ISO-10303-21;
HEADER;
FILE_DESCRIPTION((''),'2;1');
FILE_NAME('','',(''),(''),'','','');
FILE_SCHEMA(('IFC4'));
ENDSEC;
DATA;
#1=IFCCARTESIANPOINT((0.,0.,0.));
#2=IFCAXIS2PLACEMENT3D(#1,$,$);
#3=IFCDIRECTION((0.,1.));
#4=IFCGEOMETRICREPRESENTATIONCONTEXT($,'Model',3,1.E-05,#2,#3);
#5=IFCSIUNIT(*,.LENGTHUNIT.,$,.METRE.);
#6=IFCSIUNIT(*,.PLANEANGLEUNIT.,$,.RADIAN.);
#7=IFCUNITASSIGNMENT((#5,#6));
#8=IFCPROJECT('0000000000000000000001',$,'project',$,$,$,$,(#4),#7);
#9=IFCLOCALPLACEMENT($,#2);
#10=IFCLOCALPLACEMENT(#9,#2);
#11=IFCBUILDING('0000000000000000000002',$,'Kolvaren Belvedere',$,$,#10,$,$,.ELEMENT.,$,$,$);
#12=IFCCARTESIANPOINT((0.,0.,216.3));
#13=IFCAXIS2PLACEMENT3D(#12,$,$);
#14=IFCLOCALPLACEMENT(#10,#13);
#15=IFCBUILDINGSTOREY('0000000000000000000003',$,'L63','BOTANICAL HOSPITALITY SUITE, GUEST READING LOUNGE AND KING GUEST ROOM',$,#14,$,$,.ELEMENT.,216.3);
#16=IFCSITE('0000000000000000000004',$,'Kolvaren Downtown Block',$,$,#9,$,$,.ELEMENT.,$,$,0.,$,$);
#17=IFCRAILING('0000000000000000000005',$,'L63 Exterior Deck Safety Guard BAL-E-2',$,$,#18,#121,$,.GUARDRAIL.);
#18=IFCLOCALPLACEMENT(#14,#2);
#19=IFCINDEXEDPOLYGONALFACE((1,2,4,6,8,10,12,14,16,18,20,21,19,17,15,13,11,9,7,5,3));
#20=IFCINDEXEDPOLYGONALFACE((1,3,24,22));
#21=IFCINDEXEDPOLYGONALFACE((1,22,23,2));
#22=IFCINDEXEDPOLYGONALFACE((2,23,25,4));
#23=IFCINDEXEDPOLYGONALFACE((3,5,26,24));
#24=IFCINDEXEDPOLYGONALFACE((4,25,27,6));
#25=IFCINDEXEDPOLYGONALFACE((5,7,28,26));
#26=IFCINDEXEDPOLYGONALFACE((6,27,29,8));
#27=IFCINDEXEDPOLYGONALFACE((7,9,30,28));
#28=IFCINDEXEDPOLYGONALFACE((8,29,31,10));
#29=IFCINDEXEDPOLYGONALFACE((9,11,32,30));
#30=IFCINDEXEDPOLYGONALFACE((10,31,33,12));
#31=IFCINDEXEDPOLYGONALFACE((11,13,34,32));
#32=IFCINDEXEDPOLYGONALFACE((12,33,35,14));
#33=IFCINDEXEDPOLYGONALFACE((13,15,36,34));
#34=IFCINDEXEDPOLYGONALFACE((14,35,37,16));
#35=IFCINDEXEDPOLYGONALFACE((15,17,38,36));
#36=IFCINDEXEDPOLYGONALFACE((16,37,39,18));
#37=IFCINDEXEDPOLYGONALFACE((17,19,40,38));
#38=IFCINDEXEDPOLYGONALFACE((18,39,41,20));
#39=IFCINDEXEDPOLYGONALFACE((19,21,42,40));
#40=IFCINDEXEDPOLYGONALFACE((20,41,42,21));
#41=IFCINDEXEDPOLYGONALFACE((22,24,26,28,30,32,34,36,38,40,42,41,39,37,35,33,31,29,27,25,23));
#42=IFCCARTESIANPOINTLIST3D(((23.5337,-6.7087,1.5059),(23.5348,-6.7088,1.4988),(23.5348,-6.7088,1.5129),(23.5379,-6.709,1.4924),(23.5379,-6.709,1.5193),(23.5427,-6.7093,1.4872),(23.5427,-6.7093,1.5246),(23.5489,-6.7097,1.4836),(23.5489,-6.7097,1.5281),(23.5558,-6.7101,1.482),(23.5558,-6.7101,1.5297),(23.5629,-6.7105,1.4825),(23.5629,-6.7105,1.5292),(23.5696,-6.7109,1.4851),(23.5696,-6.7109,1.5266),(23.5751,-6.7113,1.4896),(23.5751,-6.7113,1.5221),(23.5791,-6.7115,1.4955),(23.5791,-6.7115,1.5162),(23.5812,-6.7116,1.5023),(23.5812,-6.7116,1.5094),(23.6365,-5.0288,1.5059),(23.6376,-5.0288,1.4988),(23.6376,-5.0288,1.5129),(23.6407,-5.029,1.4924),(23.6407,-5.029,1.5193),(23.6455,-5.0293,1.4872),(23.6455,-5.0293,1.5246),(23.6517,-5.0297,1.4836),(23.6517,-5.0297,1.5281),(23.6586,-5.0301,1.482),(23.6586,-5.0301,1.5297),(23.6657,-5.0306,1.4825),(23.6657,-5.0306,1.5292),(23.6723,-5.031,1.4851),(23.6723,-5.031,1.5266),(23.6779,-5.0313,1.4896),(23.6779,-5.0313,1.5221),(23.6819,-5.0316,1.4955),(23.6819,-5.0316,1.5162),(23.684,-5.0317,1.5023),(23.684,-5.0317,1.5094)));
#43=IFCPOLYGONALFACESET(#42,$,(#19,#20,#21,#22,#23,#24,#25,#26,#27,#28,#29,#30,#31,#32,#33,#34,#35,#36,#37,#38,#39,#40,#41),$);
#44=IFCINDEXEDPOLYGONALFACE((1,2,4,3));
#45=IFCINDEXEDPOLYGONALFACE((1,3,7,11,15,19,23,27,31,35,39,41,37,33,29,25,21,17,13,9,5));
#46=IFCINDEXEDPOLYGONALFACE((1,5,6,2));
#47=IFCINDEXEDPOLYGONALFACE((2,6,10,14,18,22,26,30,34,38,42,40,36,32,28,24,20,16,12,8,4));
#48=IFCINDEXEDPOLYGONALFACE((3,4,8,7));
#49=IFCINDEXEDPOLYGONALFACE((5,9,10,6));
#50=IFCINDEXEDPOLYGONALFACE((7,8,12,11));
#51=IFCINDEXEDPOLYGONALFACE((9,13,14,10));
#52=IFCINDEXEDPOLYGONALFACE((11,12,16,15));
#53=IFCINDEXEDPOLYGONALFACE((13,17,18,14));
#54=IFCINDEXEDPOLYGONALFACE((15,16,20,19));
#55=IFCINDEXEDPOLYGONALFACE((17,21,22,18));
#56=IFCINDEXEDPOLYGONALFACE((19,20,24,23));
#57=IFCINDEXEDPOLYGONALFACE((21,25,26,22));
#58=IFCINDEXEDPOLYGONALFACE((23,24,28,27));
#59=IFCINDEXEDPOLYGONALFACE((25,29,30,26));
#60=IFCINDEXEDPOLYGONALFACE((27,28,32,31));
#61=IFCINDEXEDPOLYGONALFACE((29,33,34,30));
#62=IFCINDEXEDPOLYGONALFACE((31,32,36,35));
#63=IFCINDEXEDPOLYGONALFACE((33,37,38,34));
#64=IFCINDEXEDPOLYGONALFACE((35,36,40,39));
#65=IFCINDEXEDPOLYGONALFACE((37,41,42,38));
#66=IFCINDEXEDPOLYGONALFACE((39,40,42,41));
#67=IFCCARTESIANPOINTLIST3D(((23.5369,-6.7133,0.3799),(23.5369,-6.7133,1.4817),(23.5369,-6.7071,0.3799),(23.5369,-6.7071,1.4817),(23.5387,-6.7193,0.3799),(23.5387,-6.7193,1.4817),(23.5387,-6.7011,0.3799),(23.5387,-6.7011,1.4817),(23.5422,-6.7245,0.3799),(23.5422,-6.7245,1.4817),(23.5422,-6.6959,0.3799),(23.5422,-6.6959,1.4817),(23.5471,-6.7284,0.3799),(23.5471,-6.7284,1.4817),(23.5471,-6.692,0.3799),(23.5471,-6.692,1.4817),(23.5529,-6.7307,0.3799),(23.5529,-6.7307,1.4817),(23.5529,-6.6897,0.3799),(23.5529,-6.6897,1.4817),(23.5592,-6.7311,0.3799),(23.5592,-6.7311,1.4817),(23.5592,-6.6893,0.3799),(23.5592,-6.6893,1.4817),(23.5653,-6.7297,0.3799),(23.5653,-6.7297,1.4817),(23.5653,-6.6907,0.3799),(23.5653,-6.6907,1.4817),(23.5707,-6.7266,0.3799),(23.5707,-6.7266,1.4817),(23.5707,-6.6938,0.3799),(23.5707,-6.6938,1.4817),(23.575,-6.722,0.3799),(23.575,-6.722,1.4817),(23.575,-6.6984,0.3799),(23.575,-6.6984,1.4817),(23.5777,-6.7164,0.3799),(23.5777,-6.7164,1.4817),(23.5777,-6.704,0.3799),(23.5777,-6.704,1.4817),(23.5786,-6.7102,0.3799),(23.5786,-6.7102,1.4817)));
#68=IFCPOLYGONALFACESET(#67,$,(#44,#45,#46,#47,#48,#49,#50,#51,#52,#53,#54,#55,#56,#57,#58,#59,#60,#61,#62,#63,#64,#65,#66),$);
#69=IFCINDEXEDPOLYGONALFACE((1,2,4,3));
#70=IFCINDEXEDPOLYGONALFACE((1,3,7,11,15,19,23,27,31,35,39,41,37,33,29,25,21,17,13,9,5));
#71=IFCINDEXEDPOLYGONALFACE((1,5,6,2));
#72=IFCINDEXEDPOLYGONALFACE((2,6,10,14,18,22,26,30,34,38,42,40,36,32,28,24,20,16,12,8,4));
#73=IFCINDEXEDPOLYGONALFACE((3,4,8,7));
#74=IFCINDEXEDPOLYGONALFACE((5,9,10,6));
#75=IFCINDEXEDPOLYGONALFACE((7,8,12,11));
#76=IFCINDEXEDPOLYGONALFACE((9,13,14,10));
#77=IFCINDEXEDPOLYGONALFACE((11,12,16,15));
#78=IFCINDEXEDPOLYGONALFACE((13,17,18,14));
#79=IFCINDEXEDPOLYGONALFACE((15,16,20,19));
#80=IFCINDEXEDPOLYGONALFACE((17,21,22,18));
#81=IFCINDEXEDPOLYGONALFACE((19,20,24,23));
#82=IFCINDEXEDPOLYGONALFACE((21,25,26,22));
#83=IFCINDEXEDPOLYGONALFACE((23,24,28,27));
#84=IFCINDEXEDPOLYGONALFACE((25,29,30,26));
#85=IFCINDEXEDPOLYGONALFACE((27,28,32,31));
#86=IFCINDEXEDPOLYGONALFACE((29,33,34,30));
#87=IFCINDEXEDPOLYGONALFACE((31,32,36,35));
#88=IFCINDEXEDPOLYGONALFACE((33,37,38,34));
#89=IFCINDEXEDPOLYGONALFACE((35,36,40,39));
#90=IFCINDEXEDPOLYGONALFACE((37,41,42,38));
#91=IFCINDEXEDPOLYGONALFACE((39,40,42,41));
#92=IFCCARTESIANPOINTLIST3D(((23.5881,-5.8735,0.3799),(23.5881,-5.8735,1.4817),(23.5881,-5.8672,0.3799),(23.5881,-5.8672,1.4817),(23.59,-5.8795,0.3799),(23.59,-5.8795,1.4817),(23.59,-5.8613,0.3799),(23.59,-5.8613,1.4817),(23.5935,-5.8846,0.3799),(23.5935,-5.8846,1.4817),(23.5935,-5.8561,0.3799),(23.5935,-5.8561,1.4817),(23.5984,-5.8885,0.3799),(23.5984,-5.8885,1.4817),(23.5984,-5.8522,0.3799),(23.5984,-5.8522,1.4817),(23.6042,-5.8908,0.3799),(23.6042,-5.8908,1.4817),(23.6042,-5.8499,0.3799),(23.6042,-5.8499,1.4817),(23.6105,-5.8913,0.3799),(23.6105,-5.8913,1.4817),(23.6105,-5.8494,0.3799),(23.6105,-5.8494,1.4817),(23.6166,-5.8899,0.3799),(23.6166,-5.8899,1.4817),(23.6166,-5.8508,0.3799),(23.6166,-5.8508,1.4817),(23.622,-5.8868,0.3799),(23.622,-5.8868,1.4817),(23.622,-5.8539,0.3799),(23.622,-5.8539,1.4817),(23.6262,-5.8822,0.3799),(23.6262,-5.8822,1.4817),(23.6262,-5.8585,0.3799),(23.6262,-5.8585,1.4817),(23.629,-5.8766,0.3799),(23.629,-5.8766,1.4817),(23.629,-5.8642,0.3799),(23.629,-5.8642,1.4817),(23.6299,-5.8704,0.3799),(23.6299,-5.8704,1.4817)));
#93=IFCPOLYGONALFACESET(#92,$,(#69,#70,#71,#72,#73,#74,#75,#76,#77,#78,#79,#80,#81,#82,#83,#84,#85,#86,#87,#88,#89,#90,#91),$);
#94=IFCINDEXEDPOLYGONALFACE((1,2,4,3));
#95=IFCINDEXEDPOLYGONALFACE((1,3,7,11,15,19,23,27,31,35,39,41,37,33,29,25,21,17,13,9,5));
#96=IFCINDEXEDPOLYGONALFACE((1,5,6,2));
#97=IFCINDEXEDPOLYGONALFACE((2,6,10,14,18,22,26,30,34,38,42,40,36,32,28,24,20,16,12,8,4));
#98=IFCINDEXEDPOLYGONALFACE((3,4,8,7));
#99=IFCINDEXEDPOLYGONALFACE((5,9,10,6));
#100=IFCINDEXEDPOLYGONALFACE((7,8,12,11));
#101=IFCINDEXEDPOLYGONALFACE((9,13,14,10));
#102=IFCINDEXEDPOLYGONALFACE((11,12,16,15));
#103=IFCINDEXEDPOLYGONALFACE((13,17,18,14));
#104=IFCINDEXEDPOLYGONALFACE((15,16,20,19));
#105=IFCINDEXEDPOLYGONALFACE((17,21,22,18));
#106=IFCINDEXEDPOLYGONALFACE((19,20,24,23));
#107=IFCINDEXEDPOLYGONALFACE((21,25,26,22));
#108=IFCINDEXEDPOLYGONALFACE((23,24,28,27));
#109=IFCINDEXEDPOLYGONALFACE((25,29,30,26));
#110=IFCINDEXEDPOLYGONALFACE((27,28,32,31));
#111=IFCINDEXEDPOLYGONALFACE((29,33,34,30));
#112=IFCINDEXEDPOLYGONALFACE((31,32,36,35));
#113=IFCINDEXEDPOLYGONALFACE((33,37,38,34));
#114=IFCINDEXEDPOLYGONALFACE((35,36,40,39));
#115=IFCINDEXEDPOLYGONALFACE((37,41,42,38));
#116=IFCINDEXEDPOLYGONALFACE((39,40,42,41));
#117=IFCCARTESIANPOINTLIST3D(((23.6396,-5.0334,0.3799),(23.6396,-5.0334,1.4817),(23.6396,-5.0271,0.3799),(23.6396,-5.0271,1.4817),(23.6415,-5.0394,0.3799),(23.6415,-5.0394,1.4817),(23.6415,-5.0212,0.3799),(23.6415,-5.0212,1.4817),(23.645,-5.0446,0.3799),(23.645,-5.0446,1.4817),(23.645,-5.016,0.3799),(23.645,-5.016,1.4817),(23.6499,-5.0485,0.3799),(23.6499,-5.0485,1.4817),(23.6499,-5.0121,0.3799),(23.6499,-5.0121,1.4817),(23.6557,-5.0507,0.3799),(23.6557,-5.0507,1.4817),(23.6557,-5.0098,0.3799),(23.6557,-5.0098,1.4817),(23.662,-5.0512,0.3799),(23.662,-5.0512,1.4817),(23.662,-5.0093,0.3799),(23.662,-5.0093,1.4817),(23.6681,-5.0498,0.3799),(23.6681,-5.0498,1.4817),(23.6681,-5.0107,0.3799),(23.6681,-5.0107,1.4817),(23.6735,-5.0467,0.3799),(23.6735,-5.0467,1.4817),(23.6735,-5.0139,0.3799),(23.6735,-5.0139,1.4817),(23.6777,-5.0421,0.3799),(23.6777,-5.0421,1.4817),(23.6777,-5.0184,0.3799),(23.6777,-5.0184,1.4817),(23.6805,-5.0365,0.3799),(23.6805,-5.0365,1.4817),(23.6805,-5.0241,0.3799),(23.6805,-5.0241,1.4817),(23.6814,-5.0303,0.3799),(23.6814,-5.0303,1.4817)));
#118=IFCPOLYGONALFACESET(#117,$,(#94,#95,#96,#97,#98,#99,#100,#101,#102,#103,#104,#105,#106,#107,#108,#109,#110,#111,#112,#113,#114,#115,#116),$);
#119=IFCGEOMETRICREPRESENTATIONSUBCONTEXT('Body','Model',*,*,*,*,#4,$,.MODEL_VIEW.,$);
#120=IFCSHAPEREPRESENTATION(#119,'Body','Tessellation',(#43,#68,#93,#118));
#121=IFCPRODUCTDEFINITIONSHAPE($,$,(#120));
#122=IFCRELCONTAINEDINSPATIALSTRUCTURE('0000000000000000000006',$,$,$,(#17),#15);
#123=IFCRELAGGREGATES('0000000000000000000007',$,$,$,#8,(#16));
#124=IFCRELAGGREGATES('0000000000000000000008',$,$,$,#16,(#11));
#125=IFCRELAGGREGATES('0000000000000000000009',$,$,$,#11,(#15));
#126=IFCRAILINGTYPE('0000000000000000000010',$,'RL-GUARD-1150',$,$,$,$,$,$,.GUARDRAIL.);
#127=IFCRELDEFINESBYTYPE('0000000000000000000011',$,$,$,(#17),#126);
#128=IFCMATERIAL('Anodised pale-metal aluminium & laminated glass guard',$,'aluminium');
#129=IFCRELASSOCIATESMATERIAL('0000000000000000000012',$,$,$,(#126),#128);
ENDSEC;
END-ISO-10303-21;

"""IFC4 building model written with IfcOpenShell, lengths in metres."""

from ifc_helpers import new_model, si_unit, direction, frame, origin, origin_2d, place, context, subcontext, project, spatial, circle, extrude, material, type_object, element, save


model = new_model("IFC4")

# Units and contexts
model_context = context("Model", 3, precision=1e-05, world=origin(), true_north=direction((0.0, 1.0)))
body_context = subcontext(model_context, "Body", "Model", "MODEL_VIEW")
ifc_project = project(units=[si_unit("LENGTHUNIT", "METRE"), si_unit("PLANEANGLEUNIT", "RADIAN")], contexts=[model_context])

# Site, building, storey
site_placement = place(None, origin())
site = spatial("IfcSite", under=ifc_project, at=site_placement, Name="Kolvaren Downtown Block", CompositionType="ELEMENT", RefElevation=0.0)
building_placement = place(site_placement, origin())
building = spatial("IfcBuilding", under=site, at=building_placement, Name="Kolvaren Belvedere", CompositionType="ELEMENT")
storey_placement = place(building_placement, frame((0.0, 0.0, 216.3)))
storey = spatial("IfcBuildingStorey", under=building, at=storey_placement, Name="L63", Description="BOTANICAL HOSPITALITY SUITE, GUEST READING LOUNGE AND KING GUEST ROOM", CompositionType="ELEMENT", Elevation=216.3)

# Railing
ifc_material_1 = material(Name="Anodised pale-metal aluminium & laminated glass guard", Category="aluminium")
railing_type = type_object("IfcRailingType", Name="RL-GUARD-1150", PredefinedType="GUARDRAIL", material=ifc_material_1)
railing_1_placement = place(storey_placement, frame((23.5576, -6.7102, 0.3799)))
element("IfcRailing", 1, at=railing_1_placement, inside=storey, type_object=railing_type, Name="L63 Exterior Deck Safety Guard BAL-E-2", PredefinedType="GUARDRAIL", context=body_context, shape_type="SweptSolid", body=[
    extrude(circle(Radius=0.0239, at=origin_2d()), frame((0.0, 0.0, 1.126), z_axis=(0.061069, 0.998134, 0.0), x_axis=(-0.998134, 0.061069, 0.0)), (0.0, 0.0, 1.0), 1.6831),
    extrude(circle(Radius=0.021, at=origin_2d()), origin(), (0.0, 0.0, 1.0), 1.1018),
    extrude(circle(Radius=0.021, at=origin_2d()), frame((0.0513, 0.8398, 0.0)), (0.0, 0.0, 1.0), 1.1018),
    extrude(circle(Radius=0.021, at=origin_2d()), frame((0.1028, 1.6799, 0.0)), (0.0, 0.0, 1.0), 1.1018),
])

save(model, "model.ifc")
